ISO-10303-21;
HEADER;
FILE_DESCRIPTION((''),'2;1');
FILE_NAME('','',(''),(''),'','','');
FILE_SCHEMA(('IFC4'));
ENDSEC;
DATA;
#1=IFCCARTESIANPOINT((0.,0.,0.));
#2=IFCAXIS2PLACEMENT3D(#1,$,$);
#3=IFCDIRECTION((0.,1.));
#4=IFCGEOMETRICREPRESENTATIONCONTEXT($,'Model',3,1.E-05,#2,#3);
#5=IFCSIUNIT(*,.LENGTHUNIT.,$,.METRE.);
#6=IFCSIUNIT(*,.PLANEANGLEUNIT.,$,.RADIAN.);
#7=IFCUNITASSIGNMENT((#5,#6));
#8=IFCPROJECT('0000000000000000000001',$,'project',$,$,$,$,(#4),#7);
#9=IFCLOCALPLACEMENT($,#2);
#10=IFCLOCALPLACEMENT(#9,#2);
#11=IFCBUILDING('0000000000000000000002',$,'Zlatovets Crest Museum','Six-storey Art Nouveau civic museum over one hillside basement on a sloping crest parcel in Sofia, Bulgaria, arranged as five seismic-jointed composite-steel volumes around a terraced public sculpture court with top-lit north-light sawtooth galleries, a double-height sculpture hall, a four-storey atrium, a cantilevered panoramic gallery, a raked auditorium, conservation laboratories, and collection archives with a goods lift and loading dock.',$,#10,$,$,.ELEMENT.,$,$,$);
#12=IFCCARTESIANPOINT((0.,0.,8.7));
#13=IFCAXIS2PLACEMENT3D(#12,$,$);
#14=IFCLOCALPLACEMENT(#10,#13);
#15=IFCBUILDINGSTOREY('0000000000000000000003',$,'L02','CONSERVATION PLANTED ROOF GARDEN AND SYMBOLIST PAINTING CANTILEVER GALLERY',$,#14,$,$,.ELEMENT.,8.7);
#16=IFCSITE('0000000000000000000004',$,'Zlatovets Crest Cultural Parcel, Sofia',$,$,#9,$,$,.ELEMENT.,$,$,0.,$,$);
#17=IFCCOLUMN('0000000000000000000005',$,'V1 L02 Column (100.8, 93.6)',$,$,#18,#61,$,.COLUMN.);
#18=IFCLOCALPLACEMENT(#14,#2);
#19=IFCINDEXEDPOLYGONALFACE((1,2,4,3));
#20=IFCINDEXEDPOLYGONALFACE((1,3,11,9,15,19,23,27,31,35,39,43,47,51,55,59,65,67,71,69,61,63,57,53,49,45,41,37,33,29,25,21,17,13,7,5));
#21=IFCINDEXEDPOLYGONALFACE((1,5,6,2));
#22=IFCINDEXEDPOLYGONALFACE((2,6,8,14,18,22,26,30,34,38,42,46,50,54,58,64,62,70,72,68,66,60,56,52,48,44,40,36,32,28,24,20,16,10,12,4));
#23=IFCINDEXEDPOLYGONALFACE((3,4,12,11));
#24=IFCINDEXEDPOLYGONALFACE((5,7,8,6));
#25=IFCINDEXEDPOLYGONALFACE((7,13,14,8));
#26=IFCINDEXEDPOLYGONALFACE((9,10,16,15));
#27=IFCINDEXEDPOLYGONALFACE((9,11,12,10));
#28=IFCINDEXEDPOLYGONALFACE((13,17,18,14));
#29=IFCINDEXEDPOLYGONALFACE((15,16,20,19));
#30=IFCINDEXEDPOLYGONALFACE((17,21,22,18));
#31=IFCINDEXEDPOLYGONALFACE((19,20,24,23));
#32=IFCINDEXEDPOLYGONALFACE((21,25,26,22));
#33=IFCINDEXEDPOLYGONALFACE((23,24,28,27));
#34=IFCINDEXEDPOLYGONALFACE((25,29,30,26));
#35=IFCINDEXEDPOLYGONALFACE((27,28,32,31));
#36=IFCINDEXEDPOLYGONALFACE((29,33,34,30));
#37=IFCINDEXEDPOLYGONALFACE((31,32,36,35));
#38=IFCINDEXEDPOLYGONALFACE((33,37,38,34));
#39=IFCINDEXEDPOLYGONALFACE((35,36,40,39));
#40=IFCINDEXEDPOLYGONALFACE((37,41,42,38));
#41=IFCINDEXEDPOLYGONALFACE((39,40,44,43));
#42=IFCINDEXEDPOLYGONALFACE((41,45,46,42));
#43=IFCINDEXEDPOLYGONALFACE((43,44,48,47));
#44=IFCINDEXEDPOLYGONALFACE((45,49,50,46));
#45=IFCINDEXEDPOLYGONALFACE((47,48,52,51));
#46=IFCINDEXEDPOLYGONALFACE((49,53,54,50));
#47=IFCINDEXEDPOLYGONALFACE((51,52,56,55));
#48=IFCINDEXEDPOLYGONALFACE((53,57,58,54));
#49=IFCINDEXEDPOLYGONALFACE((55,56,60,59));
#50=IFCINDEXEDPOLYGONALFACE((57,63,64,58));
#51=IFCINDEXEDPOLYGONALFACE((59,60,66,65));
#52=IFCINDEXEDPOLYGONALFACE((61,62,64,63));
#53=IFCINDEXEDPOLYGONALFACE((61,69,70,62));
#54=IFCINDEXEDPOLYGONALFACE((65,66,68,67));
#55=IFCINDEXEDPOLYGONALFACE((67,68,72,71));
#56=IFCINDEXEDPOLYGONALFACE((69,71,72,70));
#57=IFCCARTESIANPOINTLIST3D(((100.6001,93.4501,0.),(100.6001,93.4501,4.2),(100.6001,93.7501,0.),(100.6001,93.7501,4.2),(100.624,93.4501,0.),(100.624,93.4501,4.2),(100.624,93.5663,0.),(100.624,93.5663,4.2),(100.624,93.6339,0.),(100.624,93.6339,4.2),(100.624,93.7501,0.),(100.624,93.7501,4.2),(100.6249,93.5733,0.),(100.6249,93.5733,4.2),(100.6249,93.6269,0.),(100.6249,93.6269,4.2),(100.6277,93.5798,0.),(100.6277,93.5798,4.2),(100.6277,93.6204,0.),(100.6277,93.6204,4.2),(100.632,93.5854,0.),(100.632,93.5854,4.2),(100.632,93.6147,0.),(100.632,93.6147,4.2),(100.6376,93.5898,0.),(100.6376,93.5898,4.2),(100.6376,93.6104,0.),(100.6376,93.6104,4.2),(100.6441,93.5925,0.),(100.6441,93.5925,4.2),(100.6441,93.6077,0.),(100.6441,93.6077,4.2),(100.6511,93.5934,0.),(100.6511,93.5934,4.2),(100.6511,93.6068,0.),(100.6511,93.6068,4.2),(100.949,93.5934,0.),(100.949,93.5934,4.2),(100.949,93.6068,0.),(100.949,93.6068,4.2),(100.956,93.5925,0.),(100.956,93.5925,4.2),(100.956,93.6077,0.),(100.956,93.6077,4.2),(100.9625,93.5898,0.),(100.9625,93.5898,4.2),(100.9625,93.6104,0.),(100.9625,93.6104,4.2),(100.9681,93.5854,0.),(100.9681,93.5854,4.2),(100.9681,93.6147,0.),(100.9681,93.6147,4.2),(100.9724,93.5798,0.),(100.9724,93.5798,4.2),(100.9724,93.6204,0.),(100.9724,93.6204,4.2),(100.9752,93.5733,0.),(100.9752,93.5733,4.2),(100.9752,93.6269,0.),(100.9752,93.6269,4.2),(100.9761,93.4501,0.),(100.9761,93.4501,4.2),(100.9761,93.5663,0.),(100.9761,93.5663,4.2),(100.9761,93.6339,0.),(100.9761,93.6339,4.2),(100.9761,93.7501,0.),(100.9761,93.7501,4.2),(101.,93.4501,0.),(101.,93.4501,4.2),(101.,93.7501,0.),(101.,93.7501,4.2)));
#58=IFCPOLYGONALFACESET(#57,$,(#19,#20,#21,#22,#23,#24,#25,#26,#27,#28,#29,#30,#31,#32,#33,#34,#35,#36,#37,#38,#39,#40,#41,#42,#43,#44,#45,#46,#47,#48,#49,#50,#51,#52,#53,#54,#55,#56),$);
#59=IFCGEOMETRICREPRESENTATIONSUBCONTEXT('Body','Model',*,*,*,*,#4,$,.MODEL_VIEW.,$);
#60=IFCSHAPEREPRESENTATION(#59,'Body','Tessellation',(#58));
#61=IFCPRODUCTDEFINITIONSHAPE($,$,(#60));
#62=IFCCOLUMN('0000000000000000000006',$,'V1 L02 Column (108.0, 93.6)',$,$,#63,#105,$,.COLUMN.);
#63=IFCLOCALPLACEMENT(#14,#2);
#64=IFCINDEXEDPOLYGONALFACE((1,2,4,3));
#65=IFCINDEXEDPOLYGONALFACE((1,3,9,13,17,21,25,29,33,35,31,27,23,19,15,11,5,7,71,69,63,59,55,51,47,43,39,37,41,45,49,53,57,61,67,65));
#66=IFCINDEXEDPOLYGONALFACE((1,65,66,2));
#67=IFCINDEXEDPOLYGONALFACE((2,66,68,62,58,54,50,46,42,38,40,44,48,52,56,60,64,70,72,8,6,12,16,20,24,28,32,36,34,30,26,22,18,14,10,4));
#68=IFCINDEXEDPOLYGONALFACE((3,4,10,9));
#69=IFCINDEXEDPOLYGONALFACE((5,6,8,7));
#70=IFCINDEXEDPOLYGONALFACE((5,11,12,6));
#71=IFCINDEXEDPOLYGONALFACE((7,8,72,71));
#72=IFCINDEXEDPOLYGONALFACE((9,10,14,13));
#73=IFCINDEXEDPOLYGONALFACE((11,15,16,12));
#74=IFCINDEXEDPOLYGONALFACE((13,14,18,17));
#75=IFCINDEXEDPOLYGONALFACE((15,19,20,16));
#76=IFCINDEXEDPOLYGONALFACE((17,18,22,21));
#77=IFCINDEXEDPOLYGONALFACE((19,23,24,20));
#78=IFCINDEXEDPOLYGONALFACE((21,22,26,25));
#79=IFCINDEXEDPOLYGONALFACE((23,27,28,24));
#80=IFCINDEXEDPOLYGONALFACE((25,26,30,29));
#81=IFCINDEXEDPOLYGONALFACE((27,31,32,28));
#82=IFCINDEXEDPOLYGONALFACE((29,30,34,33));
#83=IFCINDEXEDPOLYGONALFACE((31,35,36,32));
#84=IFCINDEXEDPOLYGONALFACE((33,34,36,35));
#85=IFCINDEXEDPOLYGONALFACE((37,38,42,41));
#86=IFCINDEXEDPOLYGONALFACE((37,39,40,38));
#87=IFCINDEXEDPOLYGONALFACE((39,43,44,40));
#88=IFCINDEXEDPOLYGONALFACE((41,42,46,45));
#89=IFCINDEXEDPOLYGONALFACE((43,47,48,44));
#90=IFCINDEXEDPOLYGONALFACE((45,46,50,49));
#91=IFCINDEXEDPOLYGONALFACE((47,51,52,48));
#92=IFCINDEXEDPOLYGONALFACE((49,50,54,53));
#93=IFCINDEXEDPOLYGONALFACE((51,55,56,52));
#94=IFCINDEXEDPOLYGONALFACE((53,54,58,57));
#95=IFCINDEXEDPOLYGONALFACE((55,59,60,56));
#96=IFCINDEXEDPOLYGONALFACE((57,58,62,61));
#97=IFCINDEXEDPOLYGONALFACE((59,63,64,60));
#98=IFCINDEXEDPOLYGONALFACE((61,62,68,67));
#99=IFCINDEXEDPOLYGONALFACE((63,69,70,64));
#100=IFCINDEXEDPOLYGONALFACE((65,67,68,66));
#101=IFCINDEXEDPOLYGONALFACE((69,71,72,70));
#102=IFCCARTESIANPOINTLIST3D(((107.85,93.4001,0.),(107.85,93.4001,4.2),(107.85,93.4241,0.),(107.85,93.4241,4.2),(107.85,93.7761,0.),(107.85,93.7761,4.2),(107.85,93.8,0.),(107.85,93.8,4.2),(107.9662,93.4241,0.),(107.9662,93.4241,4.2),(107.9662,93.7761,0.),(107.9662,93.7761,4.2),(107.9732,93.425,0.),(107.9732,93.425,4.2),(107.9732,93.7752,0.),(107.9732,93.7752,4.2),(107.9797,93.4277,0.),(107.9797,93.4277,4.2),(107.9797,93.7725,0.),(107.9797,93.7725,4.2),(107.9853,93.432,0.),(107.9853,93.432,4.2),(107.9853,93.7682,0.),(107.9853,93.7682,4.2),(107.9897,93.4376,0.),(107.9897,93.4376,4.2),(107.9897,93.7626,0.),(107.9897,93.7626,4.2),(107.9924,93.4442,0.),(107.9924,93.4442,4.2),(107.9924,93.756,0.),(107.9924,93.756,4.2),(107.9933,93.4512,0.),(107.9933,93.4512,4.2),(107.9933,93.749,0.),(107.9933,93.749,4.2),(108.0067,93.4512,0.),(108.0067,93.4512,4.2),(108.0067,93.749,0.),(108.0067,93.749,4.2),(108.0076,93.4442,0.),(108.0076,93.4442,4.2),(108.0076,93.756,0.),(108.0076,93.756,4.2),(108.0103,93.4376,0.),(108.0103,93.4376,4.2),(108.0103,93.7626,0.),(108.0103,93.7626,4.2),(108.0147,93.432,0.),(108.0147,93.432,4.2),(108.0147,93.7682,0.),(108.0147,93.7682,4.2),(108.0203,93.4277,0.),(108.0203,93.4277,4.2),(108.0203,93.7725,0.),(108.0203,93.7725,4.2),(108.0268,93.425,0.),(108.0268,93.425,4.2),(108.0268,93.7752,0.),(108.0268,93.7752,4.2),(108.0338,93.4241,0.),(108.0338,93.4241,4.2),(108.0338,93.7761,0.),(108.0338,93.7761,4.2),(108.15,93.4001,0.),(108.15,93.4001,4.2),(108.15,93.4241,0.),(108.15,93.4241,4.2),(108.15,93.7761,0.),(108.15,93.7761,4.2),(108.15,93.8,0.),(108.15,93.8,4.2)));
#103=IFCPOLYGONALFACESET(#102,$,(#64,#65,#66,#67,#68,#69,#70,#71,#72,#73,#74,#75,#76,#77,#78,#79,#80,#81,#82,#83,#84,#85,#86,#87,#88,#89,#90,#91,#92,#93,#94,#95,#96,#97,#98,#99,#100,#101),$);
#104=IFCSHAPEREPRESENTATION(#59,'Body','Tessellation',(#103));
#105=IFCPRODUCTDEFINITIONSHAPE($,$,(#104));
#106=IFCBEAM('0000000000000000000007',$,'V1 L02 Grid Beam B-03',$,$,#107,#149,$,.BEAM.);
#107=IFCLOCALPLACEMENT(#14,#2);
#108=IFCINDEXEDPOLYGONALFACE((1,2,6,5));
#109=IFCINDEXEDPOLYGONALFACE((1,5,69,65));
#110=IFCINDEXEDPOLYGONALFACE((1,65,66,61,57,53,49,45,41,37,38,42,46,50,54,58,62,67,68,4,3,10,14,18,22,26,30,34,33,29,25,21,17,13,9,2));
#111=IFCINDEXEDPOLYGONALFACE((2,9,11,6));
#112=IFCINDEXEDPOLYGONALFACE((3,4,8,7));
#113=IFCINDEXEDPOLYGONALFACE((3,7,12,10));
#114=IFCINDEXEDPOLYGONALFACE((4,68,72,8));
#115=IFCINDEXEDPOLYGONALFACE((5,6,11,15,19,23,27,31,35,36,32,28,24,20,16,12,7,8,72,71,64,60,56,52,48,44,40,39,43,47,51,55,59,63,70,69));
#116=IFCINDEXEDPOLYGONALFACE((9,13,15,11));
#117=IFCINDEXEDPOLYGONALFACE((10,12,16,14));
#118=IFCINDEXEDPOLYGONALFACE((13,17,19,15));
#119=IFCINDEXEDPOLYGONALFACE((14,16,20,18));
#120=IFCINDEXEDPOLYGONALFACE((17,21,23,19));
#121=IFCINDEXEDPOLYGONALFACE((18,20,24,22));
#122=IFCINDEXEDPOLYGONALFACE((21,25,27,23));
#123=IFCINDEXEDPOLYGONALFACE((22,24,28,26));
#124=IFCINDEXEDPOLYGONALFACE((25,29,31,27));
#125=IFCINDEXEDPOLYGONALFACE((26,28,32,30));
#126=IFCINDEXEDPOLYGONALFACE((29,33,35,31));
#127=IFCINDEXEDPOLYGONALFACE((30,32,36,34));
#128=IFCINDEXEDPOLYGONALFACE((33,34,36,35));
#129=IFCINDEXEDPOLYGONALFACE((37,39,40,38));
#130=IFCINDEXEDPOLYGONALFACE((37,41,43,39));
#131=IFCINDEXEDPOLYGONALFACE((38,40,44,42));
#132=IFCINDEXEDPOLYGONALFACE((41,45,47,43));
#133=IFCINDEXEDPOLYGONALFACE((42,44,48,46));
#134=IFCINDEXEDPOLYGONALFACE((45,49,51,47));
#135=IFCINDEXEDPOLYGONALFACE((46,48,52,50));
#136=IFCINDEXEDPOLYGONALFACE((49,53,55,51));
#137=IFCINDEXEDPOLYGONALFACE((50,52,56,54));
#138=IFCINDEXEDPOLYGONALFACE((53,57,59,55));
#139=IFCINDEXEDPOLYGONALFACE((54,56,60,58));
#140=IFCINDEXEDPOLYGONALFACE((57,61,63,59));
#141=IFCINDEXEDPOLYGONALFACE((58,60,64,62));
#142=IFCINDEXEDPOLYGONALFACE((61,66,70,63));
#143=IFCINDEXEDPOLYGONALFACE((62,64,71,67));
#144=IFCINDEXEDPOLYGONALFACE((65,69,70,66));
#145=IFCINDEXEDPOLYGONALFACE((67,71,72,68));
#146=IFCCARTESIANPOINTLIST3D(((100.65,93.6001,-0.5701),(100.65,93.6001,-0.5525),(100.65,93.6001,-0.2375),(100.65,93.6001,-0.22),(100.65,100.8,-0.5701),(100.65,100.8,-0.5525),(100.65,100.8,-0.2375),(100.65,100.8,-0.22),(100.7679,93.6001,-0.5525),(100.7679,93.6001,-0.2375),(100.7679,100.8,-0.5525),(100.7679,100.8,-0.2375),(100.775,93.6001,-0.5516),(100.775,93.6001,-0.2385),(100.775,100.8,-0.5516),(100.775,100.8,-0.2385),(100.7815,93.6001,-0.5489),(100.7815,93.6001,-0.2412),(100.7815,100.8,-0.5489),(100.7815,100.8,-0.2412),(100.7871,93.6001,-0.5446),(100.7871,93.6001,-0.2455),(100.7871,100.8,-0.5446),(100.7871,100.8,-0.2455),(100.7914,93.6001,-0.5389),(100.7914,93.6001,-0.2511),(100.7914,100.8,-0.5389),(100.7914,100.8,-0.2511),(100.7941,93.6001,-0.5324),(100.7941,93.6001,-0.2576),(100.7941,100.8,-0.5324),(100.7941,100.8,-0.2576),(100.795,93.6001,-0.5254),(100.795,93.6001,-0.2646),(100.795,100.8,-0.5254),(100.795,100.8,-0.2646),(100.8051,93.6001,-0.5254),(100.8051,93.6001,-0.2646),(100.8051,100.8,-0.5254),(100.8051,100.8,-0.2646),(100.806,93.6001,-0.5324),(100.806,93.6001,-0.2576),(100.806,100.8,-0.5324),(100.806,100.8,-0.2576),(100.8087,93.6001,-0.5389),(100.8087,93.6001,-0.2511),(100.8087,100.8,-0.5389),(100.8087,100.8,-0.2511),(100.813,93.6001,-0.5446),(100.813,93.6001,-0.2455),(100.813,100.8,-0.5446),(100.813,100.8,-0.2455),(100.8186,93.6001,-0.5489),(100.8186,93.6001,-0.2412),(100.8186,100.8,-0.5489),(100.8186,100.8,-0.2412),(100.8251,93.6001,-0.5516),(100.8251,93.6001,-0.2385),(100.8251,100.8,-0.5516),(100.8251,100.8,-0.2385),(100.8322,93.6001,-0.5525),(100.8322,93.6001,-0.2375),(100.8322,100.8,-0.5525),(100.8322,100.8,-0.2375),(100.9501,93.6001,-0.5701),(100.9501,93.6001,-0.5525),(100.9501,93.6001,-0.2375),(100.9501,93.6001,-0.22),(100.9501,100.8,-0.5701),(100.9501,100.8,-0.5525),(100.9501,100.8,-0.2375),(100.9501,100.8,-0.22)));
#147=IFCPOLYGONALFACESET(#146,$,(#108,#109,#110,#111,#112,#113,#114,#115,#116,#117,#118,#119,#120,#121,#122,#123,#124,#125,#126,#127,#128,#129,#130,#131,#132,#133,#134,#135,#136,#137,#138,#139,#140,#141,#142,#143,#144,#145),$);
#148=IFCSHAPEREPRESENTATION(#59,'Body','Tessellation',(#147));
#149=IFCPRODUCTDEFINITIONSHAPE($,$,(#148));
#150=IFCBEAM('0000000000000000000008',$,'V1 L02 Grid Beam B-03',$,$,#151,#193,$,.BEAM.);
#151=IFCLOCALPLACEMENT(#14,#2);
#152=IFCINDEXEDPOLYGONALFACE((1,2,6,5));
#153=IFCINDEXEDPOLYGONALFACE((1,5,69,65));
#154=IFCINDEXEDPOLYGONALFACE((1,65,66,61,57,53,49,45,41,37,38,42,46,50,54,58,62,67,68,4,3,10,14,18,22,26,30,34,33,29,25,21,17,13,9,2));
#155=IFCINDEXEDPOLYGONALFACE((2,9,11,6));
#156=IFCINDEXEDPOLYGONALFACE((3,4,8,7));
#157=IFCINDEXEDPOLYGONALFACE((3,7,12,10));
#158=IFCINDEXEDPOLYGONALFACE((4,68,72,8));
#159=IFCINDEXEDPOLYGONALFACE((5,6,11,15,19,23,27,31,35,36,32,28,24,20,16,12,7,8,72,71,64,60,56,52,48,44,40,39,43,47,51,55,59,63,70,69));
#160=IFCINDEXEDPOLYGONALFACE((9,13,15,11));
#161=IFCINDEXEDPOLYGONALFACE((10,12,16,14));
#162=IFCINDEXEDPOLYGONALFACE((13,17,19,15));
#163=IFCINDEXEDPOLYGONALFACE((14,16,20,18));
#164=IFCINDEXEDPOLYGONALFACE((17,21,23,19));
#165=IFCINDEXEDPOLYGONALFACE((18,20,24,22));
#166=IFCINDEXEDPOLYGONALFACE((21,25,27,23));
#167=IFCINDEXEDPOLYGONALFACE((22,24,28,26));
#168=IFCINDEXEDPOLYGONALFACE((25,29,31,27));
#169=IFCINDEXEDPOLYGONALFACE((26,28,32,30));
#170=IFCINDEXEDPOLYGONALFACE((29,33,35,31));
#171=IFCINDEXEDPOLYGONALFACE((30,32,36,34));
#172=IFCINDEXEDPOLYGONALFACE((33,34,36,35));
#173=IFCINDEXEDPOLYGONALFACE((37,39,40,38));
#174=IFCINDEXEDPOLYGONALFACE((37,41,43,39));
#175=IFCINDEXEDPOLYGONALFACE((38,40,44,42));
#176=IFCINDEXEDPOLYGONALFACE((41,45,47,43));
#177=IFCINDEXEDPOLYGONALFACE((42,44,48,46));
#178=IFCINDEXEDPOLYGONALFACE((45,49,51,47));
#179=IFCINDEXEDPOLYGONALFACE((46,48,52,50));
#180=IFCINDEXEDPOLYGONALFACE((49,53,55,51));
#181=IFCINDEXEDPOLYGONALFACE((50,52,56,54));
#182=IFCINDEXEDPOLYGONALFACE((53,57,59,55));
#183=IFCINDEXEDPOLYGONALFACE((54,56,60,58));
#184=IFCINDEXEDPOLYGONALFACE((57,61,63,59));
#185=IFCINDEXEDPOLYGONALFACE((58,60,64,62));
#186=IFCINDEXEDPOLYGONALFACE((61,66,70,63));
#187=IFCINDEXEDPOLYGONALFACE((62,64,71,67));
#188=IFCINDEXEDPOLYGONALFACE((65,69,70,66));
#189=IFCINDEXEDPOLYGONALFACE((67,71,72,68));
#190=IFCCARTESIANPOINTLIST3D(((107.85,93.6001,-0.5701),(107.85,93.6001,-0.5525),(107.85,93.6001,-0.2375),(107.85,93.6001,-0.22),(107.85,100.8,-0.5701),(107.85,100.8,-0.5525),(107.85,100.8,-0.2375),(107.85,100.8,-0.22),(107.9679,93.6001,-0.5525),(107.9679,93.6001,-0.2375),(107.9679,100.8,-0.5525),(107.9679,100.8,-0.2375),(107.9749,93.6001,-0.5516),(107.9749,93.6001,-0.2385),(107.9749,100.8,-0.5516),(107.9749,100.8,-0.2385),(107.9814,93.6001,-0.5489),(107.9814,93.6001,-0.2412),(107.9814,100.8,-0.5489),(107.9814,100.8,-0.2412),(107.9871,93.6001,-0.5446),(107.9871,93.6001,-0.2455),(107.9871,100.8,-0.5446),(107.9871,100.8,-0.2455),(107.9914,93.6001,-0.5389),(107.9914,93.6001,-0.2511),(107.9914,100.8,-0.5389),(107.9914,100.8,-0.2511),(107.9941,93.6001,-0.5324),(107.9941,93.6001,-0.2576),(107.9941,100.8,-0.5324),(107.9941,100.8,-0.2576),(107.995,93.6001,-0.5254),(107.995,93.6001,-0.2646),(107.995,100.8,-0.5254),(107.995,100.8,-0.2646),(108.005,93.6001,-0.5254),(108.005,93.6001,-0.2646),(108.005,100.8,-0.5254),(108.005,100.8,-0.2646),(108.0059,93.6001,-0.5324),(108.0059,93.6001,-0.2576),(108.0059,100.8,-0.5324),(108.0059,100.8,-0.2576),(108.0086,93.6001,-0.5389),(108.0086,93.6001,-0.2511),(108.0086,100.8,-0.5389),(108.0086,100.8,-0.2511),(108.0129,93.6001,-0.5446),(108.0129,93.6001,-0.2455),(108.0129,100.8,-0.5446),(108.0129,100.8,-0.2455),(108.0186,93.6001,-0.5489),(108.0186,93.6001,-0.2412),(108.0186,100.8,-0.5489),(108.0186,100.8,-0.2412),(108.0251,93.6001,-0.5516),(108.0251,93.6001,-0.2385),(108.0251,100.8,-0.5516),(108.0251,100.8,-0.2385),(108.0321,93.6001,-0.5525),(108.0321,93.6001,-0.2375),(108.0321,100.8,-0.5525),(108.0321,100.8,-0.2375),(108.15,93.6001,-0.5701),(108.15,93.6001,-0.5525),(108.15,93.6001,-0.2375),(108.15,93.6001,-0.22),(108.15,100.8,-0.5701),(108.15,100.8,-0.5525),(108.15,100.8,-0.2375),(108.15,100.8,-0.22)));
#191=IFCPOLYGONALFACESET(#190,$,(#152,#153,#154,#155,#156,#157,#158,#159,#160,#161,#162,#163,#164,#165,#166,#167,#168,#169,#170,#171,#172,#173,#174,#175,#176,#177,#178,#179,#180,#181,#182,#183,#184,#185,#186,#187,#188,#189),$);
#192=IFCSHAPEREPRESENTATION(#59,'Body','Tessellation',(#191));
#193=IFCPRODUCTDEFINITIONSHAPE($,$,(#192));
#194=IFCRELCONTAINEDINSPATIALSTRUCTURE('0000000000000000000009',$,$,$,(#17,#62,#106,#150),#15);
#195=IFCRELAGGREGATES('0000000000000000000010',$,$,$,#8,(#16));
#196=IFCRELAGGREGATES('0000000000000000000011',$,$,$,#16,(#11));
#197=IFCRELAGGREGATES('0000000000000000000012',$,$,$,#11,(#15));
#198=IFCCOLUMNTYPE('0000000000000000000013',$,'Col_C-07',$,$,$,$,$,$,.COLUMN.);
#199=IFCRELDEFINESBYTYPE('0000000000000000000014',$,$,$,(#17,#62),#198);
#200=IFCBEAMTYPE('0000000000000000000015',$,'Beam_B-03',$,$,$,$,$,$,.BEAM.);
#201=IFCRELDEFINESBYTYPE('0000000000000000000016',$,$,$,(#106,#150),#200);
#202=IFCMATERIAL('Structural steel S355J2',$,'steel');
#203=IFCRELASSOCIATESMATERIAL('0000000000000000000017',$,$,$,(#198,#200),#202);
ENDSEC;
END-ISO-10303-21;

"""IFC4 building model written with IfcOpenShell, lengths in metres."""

from ifc_helpers import new_model, si_unit, direction, frame, origin, origin_2d, place, context, subcontext, project, spatial, i_section, extrude, material, material_profile, profile_set, type_object, element, save


model = new_model("IFC4")

# Units and contexts
model_context = context("Model", 3, precision=1e-05, world=origin(), true_north=direction((0.0, 1.0)))
body_context = subcontext(model_context, "Body", "Model", "MODEL_VIEW")
ifc_project = project(units=[si_unit("LENGTHUNIT", "METRE"), si_unit("PLANEANGLEUNIT", "RADIAN")], contexts=[model_context])

# Site, building, storey
site_placement = place(None, origin())
site = spatial("IfcSite", under=ifc_project, at=site_placement, Name="Zlatovets Crest Cultural Parcel, Sofia", CompositionType="ELEMENT", RefElevation=0.0)
building_placement = place(site_placement, origin())
building = spatial("IfcBuilding", under=site, at=building_placement, Name="Zlatovets Crest Museum", Description="Six-storey Art Nouveau civic museum over one hillside basement on a sloping crest parcel in Sofia, Bulgaria, arranged as five seismic-jointed composite-steel volumes around a terraced public sculpture court with top-lit north-light sawtooth galleries, a double-height sculpture hall, a four-storey atrium, a cantilevered panoramic gallery, a raked auditorium, conservation laboratories, and collection archives with a goods lift and loading dock.", CompositionType="ELEMENT")
storey_placement = place(building_placement, frame((0.0, 0.0, 8.7)))
storey = spatial("IfcBuildingStorey", under=building, at=storey_placement, Name="L02", Description="CONSERVATION PLANTED ROOF GARDEN AND SYMBOLIST PAINTING CANTILEVER GALLERY", CompositionType="ELEMENT", Elevation=8.7)

# Columns
ifc_material_1 = material(Name="Structural steel S355J2", Category="steel")
ifc_material_profile_1 = material_profile(ifc_material_1, i_section(OverallWidth=0.3, OverallDepth=0.3999, WebThickness=0.0134, FlangeThickness=0.0239, FilletRadius=0.0271, at=origin_2d()), Name="HEB 400")
ifc_profile_set_1 = profile_set([ifc_material_profile_1], Name="Structural steel S355J2")
column_type = type_object("IfcColumnType", Name="Col_C-07", PredefinedType="COLUMN", material=ifc_profile_set_1)
for number, where, z_axis, x_axis, name in (
    (1, (100.8, 93.6001, 0.0), (0.0, 0.0, 1.0), (0.0, 1.0, 0.0), "V1 L02 Column (100.8, 93.6)"),
    (2, (108.0, 93.6001, 0.0), (0.0, 0.0, 1.0), (1.0, 0.0, 0.0), "V1 L02 Column (108.0, 93.6)"),
):
    element("IfcColumn", number, at=place(storey_placement, frame(where, z_axis=z_axis, x_axis=x_axis)), inside=storey, type_object=column_type, Name=name, PredefinedType="COLUMN", context=body_context, shape_type="SweptSolid", body=[
        extrude(i_section(OverallWidth=0.3, OverallDepth=0.3999, WebThickness=0.0134, FlangeThickness=0.0239, FilletRadius=0.0271, at=origin_2d()), origin(), (0.0, 0.0, 1.0), 4.2),
    ])

# Beams
ifc_material_profile_2 = material_profile(ifc_material_1, i_section(OverallWidth=0.3, OverallDepth=0.3501, WebThickness=0.01, FlangeThickness=0.0176, FilletRadius=0.0271, at=origin_2d()), Name="HEA 360")
ifc_profile_set_2 = profile_set([ifc_material_profile_2], Name="Structural steel S355J2")
beam_type_1 = type_object("IfcBeamType", Name="Beam_B-03", PredefinedType="BEAM", material=ifc_profile_set_2)
for number, where, z_axis, x_axis, name in (
    (3, (100.8, 93.6001, -0.395), (0.0, 1.0, 0.0), (-1.0, 0.0, 0.0), "V1 L02 Grid Beam B-03"),
    (4, (108.0, 93.6001, -0.395), (0.0, 1.0, 0.0), (-1.0, 0.0, 0.0), "V1 L02 Grid Beam B-03"),
):
    element("IfcBeam", number, at=place(storey_placement, frame(where, z_axis=z_axis, x_axis=x_axis)), inside=storey, type_object=beam_type_1, Name=name, PredefinedType="BEAM", context=body_context, shape_type="SweptSolid", body=[
        extrude(i_section(OverallWidth=0.3, OverallDepth=0.3501, WebThickness=0.01, FlangeThickness=0.0176, FilletRadius=0.0271, at=origin_2d()), origin(), (0.0, 0.0, 1.0), 7.2),
    ])

save(model, "model.ifc")
